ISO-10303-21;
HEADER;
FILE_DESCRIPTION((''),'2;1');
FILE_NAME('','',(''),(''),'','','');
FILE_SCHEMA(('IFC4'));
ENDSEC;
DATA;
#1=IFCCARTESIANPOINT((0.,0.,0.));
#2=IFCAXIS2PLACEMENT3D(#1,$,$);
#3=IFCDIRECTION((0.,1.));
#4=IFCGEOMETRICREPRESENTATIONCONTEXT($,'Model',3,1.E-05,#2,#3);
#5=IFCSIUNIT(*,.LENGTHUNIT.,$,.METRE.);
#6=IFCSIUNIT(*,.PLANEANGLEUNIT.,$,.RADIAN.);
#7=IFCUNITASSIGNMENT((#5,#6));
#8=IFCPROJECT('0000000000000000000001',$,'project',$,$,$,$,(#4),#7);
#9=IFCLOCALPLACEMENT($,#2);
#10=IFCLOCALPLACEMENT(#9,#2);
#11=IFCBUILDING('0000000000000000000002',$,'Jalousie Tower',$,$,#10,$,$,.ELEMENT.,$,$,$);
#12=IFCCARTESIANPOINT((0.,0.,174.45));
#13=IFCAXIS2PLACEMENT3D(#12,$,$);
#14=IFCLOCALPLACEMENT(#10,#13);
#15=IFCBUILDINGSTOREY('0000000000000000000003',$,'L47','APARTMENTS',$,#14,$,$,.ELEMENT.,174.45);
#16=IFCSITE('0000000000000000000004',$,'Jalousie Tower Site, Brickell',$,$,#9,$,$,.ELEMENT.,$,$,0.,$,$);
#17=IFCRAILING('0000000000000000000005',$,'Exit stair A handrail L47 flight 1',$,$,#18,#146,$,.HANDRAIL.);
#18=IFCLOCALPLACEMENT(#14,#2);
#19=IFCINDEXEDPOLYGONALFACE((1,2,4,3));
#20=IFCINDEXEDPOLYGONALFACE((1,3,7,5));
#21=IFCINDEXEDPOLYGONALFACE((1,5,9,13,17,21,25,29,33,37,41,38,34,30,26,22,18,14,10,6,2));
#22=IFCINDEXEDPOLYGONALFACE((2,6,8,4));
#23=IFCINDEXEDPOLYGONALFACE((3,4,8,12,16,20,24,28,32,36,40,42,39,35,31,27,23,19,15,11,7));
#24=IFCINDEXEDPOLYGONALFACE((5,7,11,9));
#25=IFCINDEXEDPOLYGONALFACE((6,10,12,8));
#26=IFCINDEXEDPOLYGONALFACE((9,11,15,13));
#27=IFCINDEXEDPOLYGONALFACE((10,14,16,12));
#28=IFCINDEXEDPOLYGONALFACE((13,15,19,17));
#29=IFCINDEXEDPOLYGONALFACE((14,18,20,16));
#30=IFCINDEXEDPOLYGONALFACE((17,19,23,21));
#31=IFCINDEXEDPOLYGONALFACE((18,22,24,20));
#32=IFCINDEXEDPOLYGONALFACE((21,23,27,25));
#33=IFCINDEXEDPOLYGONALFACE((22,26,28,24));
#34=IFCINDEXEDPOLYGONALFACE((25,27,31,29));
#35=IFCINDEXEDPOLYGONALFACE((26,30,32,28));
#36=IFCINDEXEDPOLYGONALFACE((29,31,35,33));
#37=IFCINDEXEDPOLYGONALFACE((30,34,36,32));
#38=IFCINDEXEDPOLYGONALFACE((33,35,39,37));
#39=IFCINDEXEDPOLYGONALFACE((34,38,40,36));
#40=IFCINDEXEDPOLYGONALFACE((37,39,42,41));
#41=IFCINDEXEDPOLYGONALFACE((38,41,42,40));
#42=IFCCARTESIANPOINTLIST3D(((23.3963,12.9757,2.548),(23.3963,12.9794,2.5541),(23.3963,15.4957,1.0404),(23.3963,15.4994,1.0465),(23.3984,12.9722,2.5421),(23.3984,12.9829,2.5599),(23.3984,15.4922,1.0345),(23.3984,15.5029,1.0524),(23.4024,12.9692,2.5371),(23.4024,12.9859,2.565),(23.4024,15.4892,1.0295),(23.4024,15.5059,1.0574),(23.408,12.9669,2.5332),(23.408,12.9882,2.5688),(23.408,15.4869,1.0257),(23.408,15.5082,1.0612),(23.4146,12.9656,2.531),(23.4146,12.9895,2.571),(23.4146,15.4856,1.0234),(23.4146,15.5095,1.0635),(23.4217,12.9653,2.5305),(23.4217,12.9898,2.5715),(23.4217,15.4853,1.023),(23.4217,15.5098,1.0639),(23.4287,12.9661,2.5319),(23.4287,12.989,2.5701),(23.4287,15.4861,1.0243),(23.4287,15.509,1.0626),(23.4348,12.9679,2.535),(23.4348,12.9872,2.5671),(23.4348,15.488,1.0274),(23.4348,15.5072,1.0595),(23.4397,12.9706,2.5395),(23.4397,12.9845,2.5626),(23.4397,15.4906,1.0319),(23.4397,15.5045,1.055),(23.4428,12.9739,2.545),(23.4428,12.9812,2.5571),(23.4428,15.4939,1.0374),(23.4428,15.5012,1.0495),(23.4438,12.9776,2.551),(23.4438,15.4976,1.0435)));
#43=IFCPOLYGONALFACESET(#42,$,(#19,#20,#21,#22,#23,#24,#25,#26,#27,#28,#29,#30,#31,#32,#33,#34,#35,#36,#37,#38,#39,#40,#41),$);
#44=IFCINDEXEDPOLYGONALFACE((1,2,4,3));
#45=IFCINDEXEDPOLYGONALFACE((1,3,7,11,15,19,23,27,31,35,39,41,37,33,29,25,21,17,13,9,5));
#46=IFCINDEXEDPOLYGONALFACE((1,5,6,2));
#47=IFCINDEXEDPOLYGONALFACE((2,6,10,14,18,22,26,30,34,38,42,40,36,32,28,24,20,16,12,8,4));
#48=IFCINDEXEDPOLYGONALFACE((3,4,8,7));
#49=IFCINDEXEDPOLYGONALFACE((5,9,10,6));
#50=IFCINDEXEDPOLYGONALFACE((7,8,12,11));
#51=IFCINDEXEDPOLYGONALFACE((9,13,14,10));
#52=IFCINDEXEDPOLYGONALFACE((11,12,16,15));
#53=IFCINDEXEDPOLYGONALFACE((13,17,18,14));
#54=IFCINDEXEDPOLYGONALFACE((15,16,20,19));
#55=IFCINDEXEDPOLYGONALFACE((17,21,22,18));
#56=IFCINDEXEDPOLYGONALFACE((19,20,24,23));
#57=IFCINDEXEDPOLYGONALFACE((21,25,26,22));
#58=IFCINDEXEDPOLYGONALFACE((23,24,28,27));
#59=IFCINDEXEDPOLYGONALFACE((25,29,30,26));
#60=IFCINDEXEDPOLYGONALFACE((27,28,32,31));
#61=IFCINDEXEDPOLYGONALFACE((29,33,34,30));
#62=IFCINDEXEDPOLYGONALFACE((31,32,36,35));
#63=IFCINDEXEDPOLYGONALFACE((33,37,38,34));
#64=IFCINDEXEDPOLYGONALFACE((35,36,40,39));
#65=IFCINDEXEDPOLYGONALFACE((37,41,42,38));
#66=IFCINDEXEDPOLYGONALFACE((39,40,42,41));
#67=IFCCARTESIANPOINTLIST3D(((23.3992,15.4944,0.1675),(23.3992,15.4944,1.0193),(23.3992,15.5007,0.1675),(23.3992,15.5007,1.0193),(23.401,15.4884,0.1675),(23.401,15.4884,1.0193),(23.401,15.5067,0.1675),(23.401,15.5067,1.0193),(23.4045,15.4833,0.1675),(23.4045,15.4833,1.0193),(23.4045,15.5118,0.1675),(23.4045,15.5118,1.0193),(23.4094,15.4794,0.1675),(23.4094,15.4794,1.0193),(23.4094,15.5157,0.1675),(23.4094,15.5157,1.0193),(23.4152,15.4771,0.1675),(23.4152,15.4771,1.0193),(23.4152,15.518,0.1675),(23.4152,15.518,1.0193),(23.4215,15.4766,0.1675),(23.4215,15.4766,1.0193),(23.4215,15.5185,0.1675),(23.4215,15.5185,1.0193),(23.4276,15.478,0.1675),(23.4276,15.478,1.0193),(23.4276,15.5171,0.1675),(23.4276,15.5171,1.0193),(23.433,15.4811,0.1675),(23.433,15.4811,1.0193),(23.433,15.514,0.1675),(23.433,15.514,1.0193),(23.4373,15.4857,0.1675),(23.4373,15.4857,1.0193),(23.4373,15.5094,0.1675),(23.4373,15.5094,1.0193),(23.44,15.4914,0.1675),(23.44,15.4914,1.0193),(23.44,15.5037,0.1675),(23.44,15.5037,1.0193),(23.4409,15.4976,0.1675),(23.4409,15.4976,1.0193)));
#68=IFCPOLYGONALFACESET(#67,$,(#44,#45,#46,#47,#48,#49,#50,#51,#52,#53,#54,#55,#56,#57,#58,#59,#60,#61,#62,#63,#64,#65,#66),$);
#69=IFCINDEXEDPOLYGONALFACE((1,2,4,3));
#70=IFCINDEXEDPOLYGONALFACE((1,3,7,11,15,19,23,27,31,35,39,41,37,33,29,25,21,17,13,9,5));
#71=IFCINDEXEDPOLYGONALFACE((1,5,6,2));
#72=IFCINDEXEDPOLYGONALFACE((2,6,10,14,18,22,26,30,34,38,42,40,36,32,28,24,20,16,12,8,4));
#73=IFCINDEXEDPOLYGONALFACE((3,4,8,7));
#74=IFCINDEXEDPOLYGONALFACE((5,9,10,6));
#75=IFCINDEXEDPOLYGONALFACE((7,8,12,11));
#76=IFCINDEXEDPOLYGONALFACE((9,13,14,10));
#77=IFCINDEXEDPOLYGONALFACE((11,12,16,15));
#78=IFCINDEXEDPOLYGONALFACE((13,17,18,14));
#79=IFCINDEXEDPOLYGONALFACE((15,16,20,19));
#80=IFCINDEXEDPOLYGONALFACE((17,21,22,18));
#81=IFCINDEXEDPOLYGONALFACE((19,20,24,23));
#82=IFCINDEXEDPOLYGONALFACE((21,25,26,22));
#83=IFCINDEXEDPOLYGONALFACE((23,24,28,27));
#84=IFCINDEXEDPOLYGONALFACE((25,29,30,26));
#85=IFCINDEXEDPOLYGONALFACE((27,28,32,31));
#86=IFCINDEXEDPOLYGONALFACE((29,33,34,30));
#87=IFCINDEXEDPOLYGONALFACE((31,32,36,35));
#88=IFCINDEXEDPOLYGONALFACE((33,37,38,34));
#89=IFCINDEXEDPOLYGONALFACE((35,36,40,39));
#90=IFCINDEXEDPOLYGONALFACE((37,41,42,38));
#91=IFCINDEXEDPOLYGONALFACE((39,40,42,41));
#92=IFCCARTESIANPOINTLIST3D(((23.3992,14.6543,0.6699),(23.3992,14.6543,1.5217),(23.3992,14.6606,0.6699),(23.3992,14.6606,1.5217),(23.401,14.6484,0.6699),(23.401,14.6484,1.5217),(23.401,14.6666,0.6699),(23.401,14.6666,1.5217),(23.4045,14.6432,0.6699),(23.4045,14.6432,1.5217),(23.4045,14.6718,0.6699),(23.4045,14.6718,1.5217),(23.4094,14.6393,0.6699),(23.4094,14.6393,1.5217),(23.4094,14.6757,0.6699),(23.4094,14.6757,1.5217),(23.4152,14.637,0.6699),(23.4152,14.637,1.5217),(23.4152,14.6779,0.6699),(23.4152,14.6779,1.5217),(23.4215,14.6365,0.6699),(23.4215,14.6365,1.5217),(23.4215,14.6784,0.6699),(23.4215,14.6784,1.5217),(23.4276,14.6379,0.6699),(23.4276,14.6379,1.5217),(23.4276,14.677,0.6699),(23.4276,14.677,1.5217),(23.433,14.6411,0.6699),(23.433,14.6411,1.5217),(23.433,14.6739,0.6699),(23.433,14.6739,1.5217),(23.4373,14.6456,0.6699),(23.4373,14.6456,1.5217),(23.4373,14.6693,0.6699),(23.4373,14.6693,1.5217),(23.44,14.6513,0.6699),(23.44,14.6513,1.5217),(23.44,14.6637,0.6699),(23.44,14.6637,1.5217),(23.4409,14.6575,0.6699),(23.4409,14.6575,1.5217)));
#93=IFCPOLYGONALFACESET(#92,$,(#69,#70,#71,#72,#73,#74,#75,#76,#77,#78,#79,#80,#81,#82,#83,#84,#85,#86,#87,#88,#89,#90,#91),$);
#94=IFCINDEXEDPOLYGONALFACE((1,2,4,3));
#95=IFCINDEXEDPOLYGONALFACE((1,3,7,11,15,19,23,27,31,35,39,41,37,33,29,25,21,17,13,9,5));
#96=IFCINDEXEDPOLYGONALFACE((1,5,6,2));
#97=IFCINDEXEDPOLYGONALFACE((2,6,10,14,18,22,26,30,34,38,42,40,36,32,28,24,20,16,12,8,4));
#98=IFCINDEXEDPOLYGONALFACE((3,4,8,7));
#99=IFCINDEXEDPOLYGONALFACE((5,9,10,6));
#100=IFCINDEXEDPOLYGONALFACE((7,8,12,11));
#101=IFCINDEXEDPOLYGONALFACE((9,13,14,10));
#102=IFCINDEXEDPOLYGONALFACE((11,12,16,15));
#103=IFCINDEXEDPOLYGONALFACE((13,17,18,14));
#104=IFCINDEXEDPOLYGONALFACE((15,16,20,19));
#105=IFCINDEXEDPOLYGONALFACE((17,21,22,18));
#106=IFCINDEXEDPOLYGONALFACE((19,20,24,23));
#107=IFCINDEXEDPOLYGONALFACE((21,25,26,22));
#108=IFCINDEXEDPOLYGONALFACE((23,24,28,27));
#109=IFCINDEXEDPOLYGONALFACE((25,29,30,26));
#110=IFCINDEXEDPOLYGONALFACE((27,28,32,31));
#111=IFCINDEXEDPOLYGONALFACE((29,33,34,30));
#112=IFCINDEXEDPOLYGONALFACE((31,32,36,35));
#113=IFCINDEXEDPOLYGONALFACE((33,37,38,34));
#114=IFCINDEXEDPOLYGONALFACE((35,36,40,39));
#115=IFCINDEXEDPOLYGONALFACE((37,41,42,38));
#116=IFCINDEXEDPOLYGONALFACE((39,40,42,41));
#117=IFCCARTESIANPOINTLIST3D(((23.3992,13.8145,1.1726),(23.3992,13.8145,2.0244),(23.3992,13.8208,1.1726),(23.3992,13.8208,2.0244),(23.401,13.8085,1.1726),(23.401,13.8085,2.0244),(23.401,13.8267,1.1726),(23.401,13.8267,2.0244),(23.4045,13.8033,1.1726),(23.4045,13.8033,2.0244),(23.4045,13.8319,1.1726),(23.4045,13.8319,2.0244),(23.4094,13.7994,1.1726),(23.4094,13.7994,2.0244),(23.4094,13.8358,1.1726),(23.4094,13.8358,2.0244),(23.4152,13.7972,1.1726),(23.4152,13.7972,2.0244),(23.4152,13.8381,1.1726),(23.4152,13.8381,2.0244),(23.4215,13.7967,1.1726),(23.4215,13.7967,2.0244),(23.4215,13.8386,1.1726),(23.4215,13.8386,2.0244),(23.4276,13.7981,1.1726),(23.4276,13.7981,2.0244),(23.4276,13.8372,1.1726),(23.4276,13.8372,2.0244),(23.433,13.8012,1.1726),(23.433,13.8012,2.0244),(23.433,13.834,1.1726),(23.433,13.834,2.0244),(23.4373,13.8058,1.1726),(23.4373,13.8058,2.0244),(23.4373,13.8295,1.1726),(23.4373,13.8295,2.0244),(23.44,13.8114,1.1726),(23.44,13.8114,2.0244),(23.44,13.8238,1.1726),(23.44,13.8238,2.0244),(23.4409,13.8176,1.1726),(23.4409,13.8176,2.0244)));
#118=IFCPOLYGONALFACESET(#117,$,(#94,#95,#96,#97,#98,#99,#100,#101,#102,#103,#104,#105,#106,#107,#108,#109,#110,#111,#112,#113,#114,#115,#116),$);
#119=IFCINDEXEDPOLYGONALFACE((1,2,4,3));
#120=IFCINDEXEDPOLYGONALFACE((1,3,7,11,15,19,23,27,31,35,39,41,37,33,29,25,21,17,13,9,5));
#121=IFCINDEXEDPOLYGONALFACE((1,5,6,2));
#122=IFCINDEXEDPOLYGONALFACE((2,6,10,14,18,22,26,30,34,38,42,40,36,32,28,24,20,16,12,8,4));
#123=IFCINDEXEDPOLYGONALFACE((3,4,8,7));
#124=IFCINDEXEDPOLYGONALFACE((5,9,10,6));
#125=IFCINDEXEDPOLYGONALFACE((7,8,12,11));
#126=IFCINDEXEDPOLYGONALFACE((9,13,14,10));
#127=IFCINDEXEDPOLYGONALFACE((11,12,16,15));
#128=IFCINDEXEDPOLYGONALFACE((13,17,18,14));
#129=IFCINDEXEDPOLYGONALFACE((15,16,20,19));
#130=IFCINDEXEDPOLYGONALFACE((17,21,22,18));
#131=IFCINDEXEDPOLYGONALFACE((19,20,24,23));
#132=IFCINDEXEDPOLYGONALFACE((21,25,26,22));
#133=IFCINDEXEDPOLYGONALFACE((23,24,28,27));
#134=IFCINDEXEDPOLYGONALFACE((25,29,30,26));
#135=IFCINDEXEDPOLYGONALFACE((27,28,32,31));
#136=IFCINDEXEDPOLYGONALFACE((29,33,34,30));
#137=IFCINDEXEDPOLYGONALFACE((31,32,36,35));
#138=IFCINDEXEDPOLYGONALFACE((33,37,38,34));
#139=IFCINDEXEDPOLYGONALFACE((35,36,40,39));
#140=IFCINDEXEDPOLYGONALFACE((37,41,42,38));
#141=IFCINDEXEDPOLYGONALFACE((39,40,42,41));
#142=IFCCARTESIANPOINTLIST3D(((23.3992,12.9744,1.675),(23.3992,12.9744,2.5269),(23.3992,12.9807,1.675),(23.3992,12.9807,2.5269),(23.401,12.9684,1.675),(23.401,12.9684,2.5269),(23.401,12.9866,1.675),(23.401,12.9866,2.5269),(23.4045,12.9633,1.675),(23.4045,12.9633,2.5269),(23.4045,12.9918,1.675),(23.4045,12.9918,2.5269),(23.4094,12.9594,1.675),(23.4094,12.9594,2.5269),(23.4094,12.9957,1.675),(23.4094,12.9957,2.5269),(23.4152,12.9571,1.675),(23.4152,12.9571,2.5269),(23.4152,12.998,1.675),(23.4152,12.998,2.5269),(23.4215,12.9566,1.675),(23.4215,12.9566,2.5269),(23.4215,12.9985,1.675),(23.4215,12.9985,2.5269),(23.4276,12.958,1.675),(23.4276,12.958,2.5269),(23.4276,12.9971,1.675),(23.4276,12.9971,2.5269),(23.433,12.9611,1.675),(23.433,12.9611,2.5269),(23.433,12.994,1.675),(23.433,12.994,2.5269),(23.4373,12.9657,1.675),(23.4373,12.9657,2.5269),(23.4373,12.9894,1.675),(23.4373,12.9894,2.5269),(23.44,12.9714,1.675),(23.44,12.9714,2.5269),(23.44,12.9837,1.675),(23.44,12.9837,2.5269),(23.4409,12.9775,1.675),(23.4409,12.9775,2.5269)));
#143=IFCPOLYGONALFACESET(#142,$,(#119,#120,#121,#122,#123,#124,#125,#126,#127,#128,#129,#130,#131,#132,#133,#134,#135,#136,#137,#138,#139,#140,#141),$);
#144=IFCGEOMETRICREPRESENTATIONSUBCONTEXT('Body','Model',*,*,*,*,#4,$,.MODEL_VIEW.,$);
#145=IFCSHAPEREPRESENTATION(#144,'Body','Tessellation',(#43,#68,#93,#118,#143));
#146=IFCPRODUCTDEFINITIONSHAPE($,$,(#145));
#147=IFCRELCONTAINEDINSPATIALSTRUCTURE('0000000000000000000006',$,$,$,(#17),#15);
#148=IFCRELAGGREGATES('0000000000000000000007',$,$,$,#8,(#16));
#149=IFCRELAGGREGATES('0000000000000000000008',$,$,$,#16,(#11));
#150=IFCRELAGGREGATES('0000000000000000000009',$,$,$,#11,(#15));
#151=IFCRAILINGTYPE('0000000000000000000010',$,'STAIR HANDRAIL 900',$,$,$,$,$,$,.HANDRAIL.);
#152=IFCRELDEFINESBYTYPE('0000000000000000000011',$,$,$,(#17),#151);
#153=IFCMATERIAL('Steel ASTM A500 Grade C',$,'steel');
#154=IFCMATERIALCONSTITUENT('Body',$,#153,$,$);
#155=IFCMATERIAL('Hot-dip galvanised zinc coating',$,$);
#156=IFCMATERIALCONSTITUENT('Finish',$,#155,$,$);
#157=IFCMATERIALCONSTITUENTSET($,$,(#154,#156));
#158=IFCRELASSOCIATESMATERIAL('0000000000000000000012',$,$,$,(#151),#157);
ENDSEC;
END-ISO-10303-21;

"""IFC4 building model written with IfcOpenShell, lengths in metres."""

from ifc_helpers import new_model, si_unit, direction, frame, origin, origin_2d, place, context, subcontext, project, spatial, circle, extrude, material, constituent, constituent_set, type_object, element, save


model = new_model("IFC4")

# Units and contexts
model_context = context("Model", 3, precision=1e-05, world=origin(), true_north=direction((0.0, 1.0)))
body_context = subcontext(model_context, "Body", "Model", "MODEL_VIEW")
ifc_project = project(units=[si_unit("LENGTHUNIT", "METRE"), si_unit("PLANEANGLEUNIT", "RADIAN")], contexts=[model_context])

# Site, building, storey
site_placement = place(None, origin())
site = spatial("IfcSite", under=ifc_project, at=site_placement, Name="Jalousie Tower Site, Brickell", CompositionType="ELEMENT", RefElevation=0.0)
building_placement = place(site_placement, origin())
building = spatial("IfcBuilding", under=site, at=building_placement, Name="Jalousie Tower", CompositionType="ELEMENT")
storey_placement = place(building_placement, frame((0.0, 0.0, 174.45)))
storey = spatial("IfcBuildingStorey", under=building, at=storey_placement, Name="L47", Description="APARTMENTS", CompositionType="ELEMENT", Elevation=174.45)

# Railing
ifc_material_1 = material(Name="Steel ASTM A500 Grade C", Category="steel")
ifc_constituent_1 = constituent(ifc_material_1, Name="Body")
ifc_material_2 = material(Name="Hot-dip galvanised zinc coating")
ifc_constituent_2 = constituent(ifc_material_2, Name="Finish")
ifc_constituent_set_1 = constituent_set(constituents=[ifc_constituent_1, ifc_constituent_2])
railing_type_1 = type_object("IfcRailingType", Name="STAIR HANDRAIL 900", PredefinedType="HANDRAIL", material=ifc_constituent_set_1)
railing_1_placement = place(storey_placement, frame((23.4199, 15.4976, 0.1675)))
element("IfcRailing", 1, at=railing_1_placement, inside=storey, type_object=railing_type_1, Name="Exit stair A handrail L47 flight 1", PredefinedType="HANDRAIL", context=body_context, shape_type="SweptSolid", body=[
    extrude(circle(Radius=0.0239, at=origin_2d()), frame((0.0, 0.0, 0.876), z_axis=(0.0, -0.85816, 0.513383), x_axis=(1.0, 0.0, 0.0)), (0.0, 0.0, 1.0), 2.9365),
    extrude(circle(Radius=0.021, at=origin_2d()), origin(), (0.0, 0.0, 1.0), 0.8518),
    extrude(circle(Radius=0.021, at=origin_2d()), frame((0.0, -0.8401, 0.5024)), (0.0, 0.0, 1.0), 0.8518),
    extrude(circle(Radius=0.021, at=origin_2d()), frame((0.0, -1.6799, 1.0051)), (0.0, 0.0, 1.0), 0.8518),
    extrude(circle(Radius=0.021, at=origin_2d()), frame((0.0, -2.52, 1.5076)), (0.0, 0.0, 1.0), 0.8518),
])

save(model, "model.ifc")
